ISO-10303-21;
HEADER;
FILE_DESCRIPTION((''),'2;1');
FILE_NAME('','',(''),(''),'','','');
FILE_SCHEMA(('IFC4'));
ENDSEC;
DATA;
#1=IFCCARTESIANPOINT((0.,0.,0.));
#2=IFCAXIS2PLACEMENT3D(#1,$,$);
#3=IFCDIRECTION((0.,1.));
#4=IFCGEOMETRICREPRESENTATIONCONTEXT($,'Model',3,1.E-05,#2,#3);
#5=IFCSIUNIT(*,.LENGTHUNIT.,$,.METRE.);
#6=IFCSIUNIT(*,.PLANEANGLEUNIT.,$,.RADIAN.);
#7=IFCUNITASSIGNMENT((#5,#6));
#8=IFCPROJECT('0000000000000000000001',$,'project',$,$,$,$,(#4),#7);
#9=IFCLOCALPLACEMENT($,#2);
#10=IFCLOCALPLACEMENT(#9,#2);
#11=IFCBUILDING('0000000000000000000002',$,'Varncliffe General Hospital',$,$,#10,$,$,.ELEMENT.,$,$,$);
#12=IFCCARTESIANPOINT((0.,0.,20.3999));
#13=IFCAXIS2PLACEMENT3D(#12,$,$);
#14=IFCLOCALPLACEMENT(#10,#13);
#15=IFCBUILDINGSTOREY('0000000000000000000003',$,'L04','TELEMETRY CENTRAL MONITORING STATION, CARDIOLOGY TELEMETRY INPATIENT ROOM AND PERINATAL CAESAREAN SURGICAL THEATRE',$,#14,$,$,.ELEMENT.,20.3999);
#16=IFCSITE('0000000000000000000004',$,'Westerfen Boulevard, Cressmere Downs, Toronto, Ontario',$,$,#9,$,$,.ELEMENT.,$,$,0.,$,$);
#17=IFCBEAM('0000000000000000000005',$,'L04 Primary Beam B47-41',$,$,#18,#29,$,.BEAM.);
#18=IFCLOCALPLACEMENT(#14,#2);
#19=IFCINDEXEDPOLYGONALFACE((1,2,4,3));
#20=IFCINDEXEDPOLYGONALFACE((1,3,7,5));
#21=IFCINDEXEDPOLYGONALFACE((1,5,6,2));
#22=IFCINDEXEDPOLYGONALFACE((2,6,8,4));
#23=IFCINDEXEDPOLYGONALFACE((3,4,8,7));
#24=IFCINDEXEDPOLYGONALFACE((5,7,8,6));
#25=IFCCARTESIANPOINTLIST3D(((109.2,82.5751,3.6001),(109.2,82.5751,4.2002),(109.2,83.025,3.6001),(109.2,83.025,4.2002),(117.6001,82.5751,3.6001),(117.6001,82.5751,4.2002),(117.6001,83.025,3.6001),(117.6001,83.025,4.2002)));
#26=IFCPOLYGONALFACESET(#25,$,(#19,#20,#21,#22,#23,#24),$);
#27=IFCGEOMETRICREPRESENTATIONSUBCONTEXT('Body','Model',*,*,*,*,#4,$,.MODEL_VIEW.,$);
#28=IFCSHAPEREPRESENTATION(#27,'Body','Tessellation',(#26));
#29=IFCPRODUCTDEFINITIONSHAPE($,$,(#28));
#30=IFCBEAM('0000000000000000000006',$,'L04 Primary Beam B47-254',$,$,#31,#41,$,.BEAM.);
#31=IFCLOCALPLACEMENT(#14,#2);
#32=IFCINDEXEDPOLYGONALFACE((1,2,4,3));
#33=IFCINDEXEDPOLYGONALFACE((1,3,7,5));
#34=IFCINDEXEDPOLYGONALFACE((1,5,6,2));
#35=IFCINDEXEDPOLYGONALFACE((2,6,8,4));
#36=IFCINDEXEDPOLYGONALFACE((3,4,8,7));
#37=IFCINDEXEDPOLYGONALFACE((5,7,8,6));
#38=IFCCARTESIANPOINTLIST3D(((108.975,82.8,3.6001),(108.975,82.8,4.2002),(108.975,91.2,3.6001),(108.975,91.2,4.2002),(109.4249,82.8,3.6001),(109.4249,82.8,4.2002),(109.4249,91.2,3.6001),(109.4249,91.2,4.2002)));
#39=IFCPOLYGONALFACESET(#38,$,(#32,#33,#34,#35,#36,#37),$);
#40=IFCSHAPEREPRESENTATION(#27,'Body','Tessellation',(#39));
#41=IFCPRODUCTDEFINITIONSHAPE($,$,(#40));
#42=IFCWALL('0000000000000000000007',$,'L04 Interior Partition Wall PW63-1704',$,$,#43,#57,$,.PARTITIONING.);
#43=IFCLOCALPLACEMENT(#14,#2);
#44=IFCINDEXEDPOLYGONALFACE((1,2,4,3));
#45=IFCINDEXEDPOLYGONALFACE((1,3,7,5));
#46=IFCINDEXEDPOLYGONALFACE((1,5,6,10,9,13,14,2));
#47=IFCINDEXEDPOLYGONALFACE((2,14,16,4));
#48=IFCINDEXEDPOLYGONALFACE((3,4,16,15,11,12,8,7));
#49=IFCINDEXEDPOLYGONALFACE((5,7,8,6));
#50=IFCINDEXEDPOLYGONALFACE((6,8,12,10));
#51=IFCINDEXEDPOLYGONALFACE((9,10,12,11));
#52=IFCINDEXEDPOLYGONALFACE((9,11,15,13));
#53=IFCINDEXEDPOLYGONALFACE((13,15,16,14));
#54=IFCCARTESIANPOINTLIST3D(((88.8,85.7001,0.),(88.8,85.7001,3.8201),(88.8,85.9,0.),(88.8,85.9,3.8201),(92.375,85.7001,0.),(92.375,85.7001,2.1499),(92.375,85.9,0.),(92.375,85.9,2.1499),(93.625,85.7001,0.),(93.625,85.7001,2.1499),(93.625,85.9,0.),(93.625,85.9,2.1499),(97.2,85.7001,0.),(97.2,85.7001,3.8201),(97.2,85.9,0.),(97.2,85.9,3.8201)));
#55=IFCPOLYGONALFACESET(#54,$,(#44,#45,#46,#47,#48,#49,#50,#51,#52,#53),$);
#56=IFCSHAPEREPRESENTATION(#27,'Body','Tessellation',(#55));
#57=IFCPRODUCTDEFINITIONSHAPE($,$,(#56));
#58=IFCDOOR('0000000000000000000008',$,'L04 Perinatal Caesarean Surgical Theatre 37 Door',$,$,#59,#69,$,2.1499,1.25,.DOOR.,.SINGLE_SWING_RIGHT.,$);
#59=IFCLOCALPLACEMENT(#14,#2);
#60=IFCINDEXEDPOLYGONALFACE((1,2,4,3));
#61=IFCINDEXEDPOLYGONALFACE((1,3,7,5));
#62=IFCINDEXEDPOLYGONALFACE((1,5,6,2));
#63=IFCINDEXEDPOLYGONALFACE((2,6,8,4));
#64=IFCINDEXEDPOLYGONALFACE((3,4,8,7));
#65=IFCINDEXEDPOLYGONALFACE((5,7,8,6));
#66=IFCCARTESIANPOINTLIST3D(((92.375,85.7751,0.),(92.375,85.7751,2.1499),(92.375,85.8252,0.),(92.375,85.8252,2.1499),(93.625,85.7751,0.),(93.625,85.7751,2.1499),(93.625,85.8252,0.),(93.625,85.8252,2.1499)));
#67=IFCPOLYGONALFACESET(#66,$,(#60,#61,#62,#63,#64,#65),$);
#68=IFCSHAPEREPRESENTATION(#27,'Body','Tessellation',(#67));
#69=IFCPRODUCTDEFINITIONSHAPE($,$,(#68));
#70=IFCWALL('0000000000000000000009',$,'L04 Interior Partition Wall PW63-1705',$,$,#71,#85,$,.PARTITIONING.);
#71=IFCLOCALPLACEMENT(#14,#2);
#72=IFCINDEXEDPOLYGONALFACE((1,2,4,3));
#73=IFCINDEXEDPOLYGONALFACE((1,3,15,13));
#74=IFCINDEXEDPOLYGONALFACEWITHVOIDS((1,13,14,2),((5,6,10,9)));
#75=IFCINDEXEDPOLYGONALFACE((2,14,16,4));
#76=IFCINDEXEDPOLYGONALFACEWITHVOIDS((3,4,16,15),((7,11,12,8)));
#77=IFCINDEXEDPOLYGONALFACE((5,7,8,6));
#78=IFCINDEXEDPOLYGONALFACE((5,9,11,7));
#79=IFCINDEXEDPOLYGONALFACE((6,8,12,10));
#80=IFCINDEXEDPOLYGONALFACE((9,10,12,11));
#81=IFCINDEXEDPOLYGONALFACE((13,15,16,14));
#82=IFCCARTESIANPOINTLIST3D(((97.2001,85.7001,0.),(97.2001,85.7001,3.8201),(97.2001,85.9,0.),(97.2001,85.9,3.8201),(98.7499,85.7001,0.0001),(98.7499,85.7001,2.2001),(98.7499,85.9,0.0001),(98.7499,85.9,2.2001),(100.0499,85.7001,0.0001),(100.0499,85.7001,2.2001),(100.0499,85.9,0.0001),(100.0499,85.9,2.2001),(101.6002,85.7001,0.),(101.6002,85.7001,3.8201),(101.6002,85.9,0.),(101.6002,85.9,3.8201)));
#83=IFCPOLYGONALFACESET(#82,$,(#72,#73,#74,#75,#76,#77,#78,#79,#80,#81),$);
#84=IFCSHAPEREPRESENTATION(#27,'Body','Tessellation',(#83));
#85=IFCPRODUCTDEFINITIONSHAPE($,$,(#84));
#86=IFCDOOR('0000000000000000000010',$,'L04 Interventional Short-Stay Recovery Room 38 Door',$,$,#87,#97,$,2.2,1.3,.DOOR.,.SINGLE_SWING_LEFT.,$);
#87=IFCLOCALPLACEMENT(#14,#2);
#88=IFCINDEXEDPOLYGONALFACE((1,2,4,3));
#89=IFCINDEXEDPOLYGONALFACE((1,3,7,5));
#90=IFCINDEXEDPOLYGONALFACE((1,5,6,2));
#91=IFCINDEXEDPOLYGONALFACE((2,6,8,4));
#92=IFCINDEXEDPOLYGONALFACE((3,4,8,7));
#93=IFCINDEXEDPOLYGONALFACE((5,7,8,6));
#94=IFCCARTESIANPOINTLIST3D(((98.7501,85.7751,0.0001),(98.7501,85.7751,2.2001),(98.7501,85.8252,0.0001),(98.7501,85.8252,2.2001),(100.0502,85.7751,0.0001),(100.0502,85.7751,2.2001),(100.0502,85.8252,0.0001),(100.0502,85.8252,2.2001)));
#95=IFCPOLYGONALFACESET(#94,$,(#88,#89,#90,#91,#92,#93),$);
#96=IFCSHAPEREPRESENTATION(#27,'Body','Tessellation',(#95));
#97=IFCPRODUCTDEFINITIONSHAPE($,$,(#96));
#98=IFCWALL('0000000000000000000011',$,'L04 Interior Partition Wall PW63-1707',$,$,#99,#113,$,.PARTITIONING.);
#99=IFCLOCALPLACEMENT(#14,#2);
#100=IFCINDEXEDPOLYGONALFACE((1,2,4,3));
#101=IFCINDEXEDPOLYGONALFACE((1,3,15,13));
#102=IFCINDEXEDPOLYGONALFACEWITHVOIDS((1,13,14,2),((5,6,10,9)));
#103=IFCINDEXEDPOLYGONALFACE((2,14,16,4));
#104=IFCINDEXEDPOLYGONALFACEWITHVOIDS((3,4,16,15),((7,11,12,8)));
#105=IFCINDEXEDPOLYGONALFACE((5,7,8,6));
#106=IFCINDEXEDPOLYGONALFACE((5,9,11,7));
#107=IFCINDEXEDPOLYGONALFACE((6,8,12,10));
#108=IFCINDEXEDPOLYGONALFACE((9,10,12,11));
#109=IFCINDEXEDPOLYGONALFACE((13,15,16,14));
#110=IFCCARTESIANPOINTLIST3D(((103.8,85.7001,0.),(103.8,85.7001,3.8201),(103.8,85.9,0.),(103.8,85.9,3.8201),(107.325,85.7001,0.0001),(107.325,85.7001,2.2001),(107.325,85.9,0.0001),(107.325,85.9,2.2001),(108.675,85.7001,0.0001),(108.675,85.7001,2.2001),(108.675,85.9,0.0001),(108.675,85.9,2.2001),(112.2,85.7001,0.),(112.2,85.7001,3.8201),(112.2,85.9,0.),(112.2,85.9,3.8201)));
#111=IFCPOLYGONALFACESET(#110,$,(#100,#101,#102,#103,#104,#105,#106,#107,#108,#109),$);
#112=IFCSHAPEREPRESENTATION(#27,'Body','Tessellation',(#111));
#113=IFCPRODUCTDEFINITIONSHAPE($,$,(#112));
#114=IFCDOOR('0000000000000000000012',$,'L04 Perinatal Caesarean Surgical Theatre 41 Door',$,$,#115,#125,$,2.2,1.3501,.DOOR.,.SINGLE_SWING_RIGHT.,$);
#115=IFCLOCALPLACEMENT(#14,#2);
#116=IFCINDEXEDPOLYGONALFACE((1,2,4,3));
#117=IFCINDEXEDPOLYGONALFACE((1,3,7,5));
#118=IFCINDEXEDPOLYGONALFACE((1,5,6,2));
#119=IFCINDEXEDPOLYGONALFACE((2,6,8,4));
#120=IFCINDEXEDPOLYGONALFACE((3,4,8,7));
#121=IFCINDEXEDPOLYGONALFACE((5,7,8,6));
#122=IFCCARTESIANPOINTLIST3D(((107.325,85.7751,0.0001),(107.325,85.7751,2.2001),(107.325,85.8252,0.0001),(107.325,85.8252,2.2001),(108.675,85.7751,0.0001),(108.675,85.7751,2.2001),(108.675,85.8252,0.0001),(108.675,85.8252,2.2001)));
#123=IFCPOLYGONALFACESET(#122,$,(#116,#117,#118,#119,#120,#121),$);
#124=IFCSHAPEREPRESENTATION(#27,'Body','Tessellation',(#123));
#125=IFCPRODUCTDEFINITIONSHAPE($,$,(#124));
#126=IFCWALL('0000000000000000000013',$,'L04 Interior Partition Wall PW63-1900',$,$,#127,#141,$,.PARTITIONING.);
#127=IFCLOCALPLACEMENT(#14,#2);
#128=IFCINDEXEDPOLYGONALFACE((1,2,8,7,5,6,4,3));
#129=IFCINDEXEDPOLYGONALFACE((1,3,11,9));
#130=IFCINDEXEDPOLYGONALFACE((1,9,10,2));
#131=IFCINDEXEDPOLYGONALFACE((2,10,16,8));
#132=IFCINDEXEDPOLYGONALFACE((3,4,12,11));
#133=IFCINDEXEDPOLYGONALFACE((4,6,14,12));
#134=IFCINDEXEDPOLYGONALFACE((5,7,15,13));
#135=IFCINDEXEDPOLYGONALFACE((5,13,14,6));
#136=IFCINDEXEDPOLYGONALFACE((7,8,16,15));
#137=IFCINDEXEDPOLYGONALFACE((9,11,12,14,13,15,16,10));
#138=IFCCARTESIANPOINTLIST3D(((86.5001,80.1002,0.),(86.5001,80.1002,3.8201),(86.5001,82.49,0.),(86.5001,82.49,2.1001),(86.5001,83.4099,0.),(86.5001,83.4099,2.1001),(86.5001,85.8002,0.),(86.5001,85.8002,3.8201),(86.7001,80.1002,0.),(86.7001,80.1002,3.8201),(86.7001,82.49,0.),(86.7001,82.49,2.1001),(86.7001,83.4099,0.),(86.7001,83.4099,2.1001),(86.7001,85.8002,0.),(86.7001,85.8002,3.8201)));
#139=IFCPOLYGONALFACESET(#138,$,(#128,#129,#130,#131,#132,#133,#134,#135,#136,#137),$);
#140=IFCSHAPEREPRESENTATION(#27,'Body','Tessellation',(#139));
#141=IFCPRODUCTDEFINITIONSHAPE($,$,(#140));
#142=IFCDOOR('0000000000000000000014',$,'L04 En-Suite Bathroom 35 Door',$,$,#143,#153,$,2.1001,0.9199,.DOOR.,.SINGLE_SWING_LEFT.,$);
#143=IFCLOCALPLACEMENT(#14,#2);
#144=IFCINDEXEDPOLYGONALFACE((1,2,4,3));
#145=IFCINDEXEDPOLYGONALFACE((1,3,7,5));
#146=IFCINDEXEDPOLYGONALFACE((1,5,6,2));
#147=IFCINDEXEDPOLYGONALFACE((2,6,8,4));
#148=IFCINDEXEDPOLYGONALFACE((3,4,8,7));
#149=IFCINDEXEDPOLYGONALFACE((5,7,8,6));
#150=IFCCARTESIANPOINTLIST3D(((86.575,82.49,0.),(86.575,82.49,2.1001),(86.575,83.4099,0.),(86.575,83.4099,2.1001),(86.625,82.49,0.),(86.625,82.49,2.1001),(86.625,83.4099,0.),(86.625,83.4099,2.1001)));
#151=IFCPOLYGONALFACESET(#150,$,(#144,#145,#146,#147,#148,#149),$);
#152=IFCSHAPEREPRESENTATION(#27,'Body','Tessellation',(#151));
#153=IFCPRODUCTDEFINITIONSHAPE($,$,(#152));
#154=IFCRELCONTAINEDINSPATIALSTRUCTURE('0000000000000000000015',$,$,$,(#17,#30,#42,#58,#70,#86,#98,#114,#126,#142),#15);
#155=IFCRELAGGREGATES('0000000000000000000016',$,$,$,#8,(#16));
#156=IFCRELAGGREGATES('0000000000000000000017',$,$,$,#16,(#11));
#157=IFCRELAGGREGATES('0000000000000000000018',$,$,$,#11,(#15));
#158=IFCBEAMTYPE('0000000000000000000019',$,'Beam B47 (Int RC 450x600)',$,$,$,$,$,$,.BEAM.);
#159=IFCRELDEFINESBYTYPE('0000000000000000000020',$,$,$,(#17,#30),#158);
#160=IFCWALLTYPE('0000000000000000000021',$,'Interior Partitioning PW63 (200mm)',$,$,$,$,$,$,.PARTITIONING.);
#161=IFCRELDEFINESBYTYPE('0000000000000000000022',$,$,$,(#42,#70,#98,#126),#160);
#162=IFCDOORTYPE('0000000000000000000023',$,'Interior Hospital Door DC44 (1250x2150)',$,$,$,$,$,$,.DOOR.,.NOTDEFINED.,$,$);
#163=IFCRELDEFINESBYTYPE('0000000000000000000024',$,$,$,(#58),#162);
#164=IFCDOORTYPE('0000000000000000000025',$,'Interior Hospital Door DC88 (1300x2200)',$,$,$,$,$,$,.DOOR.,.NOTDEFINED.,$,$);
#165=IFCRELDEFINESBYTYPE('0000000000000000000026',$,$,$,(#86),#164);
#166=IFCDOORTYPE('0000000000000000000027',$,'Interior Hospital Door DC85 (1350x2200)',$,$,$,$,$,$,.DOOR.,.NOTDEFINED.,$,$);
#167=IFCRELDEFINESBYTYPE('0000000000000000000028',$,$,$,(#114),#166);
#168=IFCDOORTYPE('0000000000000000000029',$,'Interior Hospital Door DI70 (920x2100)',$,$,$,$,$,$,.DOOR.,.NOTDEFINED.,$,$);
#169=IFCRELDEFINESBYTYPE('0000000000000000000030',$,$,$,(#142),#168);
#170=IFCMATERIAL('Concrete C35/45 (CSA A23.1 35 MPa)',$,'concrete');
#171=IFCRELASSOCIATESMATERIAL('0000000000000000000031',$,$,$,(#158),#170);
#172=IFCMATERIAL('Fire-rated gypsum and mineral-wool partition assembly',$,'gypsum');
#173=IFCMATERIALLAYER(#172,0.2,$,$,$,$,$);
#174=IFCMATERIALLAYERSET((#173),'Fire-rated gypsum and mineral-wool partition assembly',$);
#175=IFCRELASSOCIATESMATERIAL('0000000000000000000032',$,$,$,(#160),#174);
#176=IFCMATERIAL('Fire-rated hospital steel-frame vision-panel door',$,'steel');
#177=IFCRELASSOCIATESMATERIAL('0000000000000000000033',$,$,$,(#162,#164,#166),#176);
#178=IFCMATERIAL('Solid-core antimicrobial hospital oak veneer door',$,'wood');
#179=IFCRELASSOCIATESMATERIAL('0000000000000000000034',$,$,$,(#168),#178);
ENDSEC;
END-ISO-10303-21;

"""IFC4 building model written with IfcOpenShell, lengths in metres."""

from ifc_helpers import new_model, si_unit, direction, frame, frame_2d, origin, origin_2d, place, context, subcontext, project, spatial, rectangle, extrude, material, layer, layer_set, material_profile, profile_set, type_object, element, fill, save


model = new_model("IFC4")

# Units and contexts
model_context = context("Model", 3, precision=1e-05, world=origin(), true_north=direction((0.0, 1.0)))
body_context = subcontext(model_context, "Body", "Model", "MODEL_VIEW")
ifc_project = project(units=[si_unit("LENGTHUNIT", "METRE"), si_unit("PLANEANGLEUNIT", "RADIAN")], contexts=[model_context])

# Site, building, storey
site_placement = place(None, origin())
site = spatial("IfcSite", under=ifc_project, at=site_placement, Name="Westerfen Boulevard, Cressmere Downs, Toronto, Ontario", CompositionType="ELEMENT", RefElevation=0.0)
building_placement = place(site_placement, origin())
building = spatial("IfcBuilding", under=site, at=building_placement, Name="Varncliffe General Hospital", CompositionType="ELEMENT")
storey_placement = place(building_placement, frame((0.0, 0.0, 20.3999)))
storey = spatial("IfcBuildingStorey", under=building, at=storey_placement, Name="L04", Description="TELEMETRY CENTRAL MONITORING STATION, CARDIOLOGY TELEMETRY INPATIENT ROOM AND PERINATAL CAESAREAN SURGICAL THEATRE", CompositionType="ELEMENT", Elevation=20.3999)

# Beams
ifc_material_1 = material(Name="Concrete C35/45 (CSA A23.1 35 MPa)", Category="concrete")
ifc_material_profile_1 = material_profile(ifc_material_1, rectangle(XDim=0.45, YDim=0.6001, at=origin_2d()), Name="RC 450x600")
ifc_profile_set_1 = profile_set([ifc_material_profile_1], Name="Concrete C35/45 (CSA A23.1 35 MPa)")
beam_type_1 = type_object("IfcBeamType", Name="Beam B47 (Int RC 450x600)", PredefinedType="BEAM", material=ifc_profile_set_1)
beam_1_placement = place(storey_placement, frame((109.2, 82.8, 3.9001), z_axis=(1.0, 0.0, 0.0), x_axis=(0.0, 1.0, 0.0)))
element("IfcBeam", 1, at=beam_1_placement, inside=storey, type_object=beam_type_1, Name="L04 Primary Beam B47-41", PredefinedType="BEAM", context=body_context, shape_type="SweptSolid", body=[
    extrude(rectangle(XDim=0.45, YDim=0.6001, at=origin_2d()), origin(), (0.0, 0.0, 1.0), 8.4001),
])
beam_2_placement = place(storey_placement, frame((109.2, 82.8, 3.9001), z_axis=(0.0, 1.0, 0.0), x_axis=(-1.0, 0.0, 0.0)))
element("IfcBeam", 2, at=beam_2_placement, inside=storey, type_object=beam_type_1, Name="L04 Primary Beam B47-254", PredefinedType="BEAM", context=body_context, shape_type="SweptSolid", body=[
    extrude(rectangle(XDim=0.45, YDim=0.6001, at=origin_2d()), origin(), (0.0, 0.0, 1.0), 8.3999),
])

# Walls, openings, doors
ifc_material_2 = material(Name="Fire-rated gypsum and mineral-wool partition assembly", Category="gypsum")
ifc_layer_1 = layer(ifc_material_2, 0.2)
ifc_layer_set_1 = layer_set([ifc_layer_1], Name="Fire-rated gypsum and mineral-wool partition assembly")
wall_type_1 = type_object("IfcWallType", Name="Interior Partitioning PW63 (200mm)", PredefinedType="PARTITIONING", material=ifc_layer_set_1)
wall_1_placement = place(storey_placement, frame((88.8, 85.8, 0.0), z_axis=(0.0, 0.0, 1.0), x_axis=(1.0, 0.0, 0.0)))
wall_1 = element("IfcWall", 3, at=wall_1_placement, inside=storey, type_object=wall_type_1, Name="L04 Interior Partition Wall PW63-1704", PredefinedType="PARTITIONING", context=body_context, shape_type="SweptSolid", body=[
    extrude(rectangle(XDim=8.3999, YDim=0.2, at=frame_2d((4.2, 0.0))), origin(), (0.0, 0.0, 1.0), 3.8201),
])
opening_1_placement = place(wall_1_placement, frame((3.575, 0.0, 0.0)))
opening_1 = element("IfcOpeningElement", 4, at=opening_1_placement, cuts=wall_1, PredefinedType="OPENING", context=body_context, shape_type="SweptSolid", body=[
    extrude(rectangle(XDim=1.25, YDim=2.1499, at=frame_2d((0.625, 1.075))), frame((0.0, 0.1099, 0.0), z_axis=(0.0, -1.0, 0.0), x_axis=(1.0, 0.0, 0.0)), (0.0, 0.0, 1.0), 0.22),
])
ifc_material_3 = material(Name="Fire-rated hospital steel-frame vision-panel door", Category="steel")
door_type_1 = type_object("IfcDoorType", Name="Interior Hospital Door DC44 (1250x2150)", OperationType="NOTDEFINED", PredefinedType="DOOR", material=ifc_material_3)
door_1_placement = place(opening_1_placement, frame((1.25, 0.0, 0.0), z_axis=(0.0, 0.0, 1.0), x_axis=(-1.0, 0.0, 0.0)))
door_1 = element("IfcDoor", 5, at=door_1_placement, inside=storey, type_object=door_type_1, Name="L04 Perinatal Caesarean Surgical Theatre 37 Door", OperationType="SINGLE_SWING_RIGHT", OverallHeight=2.1499, OverallWidth=1.25, PredefinedType="DOOR", context=body_context, shape_type="SweptSolid", body=[
    extrude(rectangle(XDim=1.25, YDim=2.1499, at=frame_2d((0.625, 1.075))), frame((0.0, 0.0249, 0.0), z_axis=(0.0, -1.0, 0.0), x_axis=(1.0, 0.0, 0.0)), (0.0, 0.0, 1.0), 0.05),
])
fill(opening_1, door_1)
wall_2_placement = place(storey_placement, frame((97.2, 85.8, 0.0), z_axis=(0.0, 0.0, 1.0), x_axis=(1.0, 0.0, 0.0)))
wall_2 = element("IfcWall", 6, at=wall_2_placement, inside=storey, type_object=wall_type_1, Name="L04 Interior Partition Wall PW63-1705", PredefinedType="PARTITIONING", context=body_context, shape_type="SweptSolid", body=[
    extrude(rectangle(XDim=4.4001, YDim=0.2, at=frame_2d((2.2002, 0.0))), origin(), (0.0, 0.0, 1.0), 3.8201),
])
opening_2_placement = place(wall_2_placement, frame((1.55, 0.0, 0.0)))
opening_2 = element("IfcOpeningElement", 7, at=opening_2_placement, cuts=wall_2, PredefinedType="OPENING", context=body_context, shape_type="SweptSolid", body=[
    extrude(rectangle(XDim=1.3, YDim=2.2, at=frame_2d((0.6499, 1.1001))), frame((0.0, 0.1099, 0.0), z_axis=(0.0, -1.0, 0.0), x_axis=(1.0, 0.0, 0.0)), (0.0, 0.0, 1.0), 0.22),
])
door_type_2 = type_object("IfcDoorType", Name="Interior Hospital Door DC88 (1300x2200)", OperationType="NOTDEFINED", PredefinedType="DOOR", material=ifc_material_3)
door_2_placement = place(opening_2_placement, frame((1.3, 0.0, 0.0), z_axis=(0.0, 0.0, 1.0), x_axis=(-1.0, 0.0, 0.0)))
door_2 = element("IfcDoor", 8, at=door_2_placement, inside=storey, type_object=door_type_2, Name="L04 Interventional Short-Stay Recovery Room 38 Door", OperationType="SINGLE_SWING_LEFT", OverallHeight=2.2, OverallWidth=1.3, PredefinedType="DOOR", context=body_context, shape_type="SweptSolid", body=[
    extrude(rectangle(XDim=1.3, YDim=2.2, at=frame_2d((0.6499, 1.1001))), frame((0.0, 0.0249, 0.0), z_axis=(0.0, -1.0, 0.0), x_axis=(1.0, 0.0, 0.0)), (0.0, 0.0, 1.0), 0.05),
])
fill(opening_2, door_2)
wall_3_placement = place(storey_placement, frame((103.8, 85.8, 0.0), z_axis=(0.0, 0.0, 1.0), x_axis=(1.0, 0.0, 0.0)))
wall_3 = element("IfcWall", 9, at=wall_3_placement, inside=storey, type_object=wall_type_1, Name="L04 Interior Partition Wall PW63-1707", PredefinedType="PARTITIONING", context=body_context, shape_type="SweptSolid", body=[
    extrude(rectangle(XDim=8.3999, YDim=0.2, at=frame_2d((4.2, 0.0))), origin(), (0.0, 0.0, 1.0), 3.8201),
])
opening_3_placement = place(wall_3_placement, frame((3.5249, 0.0, 0.0)))
opening_3 = element("IfcOpeningElement", 10, at=opening_3_placement, cuts=wall_3, PredefinedType="OPENING", context=body_context, shape_type="SweptSolid", body=[
    extrude(rectangle(XDim=1.3501, YDim=2.2, at=frame_2d((0.675, 1.1001))), frame((0.0, 0.1099, 0.0), z_axis=(0.0, -1.0, 0.0), x_axis=(1.0, 0.0, 0.0)), (0.0, 0.0, 1.0), 0.22),
])
door_type_3 = type_object("IfcDoorType", Name="Interior Hospital Door DC85 (1350x2200)", OperationType="NOTDEFINED", PredefinedType="DOOR", material=ifc_material_3)
door_3_placement = place(opening_3_placement, frame((1.3501, 0.0, 0.0), z_axis=(0.0, 0.0, 1.0), x_axis=(-1.0, 0.0, 0.0)))
door_3 = element("IfcDoor", 11, at=door_3_placement, inside=storey, type_object=door_type_3, Name="L04 Perinatal Caesarean Surgical Theatre 41 Door", OperationType="SINGLE_SWING_RIGHT", OverallHeight=2.2, OverallWidth=1.3501, PredefinedType="DOOR", context=body_context, shape_type="SweptSolid", body=[
    extrude(rectangle(XDim=1.3501, YDim=2.2, at=frame_2d((0.675, 1.1001))), frame((0.0, 0.0249, 0.0), z_axis=(0.0, -1.0, 0.0), x_axis=(1.0, 0.0, 0.0)), (0.0, 0.0, 1.0), 0.05),
])
fill(opening_3, door_3)
wall_4_placement = place(storey_placement, frame((86.6001, 80.1001, 0.0), z_axis=(0.0, 0.0, 1.0), x_axis=(0.0, 1.0, 0.0)))
wall_4 = element("IfcWall", 12, at=wall_4_placement, inside=storey, type_object=wall_type_1, Name="L04 Interior Partition Wall PW63-1900", PredefinedType="PARTITIONING", context=body_context, shape_type="SweptSolid", body=[
    extrude(rectangle(XDim=5.7, YDim=0.2, at=frame_2d((2.8501, 0.0))), origin(), (0.0, 0.0, 1.0), 3.8201),
])
opening_4_placement = place(wall_4_placement, frame((2.3899, 0.0, 0.0)))
opening_4 = element("IfcOpeningElement", 13, at=opening_4_placement, cuts=wall_4, PredefinedType="OPENING", context=body_context, shape_type="SweptSolid", body=[
    extrude(rectangle(XDim=0.9199, YDim=2.1001, at=frame_2d((0.46, 1.05))), frame((0.0, 0.1099, 0.0), z_axis=(0.0, -1.0, 0.0), x_axis=(1.0, 0.0, 0.0)), (0.0, 0.0, 1.0), 0.22),
])
ifc_material_4 = material(Name="Solid-core antimicrobial hospital oak veneer door", Category="wood")
door_type_4 = type_object("IfcDoorType", Name="Interior Hospital Door DI70 (920x2100)", OperationType="NOTDEFINED", PredefinedType="DOOR", material=ifc_material_4)
door_4_placement = place(opening_4_placement, frame((0.9199, 0.0, 0.0), z_axis=(0.0, 0.0, 1.0), x_axis=(-1.0, 0.0, 0.0)))
door_4 = element("IfcDoor", 14, at=door_4_placement, inside=storey, type_object=door_type_4, Name="L04 En-Suite Bathroom 35 Door", OperationType="SINGLE_SWING_LEFT", OverallHeight=2.1001, OverallWidth=0.9199, PredefinedType="DOOR", context=body_context, shape_type="SweptSolid", body=[
    extrude(rectangle(XDim=0.9199, YDim=2.1001, at=frame_2d((0.46, 1.05))), frame((0.0, 0.0249, 0.0), z_axis=(0.0, -1.0, 0.0), x_axis=(1.0, 0.0, 0.0)), (0.0, 0.0, 1.0), 0.05),
])
fill(opening_4, door_4)

save(model, "model.ifc")
